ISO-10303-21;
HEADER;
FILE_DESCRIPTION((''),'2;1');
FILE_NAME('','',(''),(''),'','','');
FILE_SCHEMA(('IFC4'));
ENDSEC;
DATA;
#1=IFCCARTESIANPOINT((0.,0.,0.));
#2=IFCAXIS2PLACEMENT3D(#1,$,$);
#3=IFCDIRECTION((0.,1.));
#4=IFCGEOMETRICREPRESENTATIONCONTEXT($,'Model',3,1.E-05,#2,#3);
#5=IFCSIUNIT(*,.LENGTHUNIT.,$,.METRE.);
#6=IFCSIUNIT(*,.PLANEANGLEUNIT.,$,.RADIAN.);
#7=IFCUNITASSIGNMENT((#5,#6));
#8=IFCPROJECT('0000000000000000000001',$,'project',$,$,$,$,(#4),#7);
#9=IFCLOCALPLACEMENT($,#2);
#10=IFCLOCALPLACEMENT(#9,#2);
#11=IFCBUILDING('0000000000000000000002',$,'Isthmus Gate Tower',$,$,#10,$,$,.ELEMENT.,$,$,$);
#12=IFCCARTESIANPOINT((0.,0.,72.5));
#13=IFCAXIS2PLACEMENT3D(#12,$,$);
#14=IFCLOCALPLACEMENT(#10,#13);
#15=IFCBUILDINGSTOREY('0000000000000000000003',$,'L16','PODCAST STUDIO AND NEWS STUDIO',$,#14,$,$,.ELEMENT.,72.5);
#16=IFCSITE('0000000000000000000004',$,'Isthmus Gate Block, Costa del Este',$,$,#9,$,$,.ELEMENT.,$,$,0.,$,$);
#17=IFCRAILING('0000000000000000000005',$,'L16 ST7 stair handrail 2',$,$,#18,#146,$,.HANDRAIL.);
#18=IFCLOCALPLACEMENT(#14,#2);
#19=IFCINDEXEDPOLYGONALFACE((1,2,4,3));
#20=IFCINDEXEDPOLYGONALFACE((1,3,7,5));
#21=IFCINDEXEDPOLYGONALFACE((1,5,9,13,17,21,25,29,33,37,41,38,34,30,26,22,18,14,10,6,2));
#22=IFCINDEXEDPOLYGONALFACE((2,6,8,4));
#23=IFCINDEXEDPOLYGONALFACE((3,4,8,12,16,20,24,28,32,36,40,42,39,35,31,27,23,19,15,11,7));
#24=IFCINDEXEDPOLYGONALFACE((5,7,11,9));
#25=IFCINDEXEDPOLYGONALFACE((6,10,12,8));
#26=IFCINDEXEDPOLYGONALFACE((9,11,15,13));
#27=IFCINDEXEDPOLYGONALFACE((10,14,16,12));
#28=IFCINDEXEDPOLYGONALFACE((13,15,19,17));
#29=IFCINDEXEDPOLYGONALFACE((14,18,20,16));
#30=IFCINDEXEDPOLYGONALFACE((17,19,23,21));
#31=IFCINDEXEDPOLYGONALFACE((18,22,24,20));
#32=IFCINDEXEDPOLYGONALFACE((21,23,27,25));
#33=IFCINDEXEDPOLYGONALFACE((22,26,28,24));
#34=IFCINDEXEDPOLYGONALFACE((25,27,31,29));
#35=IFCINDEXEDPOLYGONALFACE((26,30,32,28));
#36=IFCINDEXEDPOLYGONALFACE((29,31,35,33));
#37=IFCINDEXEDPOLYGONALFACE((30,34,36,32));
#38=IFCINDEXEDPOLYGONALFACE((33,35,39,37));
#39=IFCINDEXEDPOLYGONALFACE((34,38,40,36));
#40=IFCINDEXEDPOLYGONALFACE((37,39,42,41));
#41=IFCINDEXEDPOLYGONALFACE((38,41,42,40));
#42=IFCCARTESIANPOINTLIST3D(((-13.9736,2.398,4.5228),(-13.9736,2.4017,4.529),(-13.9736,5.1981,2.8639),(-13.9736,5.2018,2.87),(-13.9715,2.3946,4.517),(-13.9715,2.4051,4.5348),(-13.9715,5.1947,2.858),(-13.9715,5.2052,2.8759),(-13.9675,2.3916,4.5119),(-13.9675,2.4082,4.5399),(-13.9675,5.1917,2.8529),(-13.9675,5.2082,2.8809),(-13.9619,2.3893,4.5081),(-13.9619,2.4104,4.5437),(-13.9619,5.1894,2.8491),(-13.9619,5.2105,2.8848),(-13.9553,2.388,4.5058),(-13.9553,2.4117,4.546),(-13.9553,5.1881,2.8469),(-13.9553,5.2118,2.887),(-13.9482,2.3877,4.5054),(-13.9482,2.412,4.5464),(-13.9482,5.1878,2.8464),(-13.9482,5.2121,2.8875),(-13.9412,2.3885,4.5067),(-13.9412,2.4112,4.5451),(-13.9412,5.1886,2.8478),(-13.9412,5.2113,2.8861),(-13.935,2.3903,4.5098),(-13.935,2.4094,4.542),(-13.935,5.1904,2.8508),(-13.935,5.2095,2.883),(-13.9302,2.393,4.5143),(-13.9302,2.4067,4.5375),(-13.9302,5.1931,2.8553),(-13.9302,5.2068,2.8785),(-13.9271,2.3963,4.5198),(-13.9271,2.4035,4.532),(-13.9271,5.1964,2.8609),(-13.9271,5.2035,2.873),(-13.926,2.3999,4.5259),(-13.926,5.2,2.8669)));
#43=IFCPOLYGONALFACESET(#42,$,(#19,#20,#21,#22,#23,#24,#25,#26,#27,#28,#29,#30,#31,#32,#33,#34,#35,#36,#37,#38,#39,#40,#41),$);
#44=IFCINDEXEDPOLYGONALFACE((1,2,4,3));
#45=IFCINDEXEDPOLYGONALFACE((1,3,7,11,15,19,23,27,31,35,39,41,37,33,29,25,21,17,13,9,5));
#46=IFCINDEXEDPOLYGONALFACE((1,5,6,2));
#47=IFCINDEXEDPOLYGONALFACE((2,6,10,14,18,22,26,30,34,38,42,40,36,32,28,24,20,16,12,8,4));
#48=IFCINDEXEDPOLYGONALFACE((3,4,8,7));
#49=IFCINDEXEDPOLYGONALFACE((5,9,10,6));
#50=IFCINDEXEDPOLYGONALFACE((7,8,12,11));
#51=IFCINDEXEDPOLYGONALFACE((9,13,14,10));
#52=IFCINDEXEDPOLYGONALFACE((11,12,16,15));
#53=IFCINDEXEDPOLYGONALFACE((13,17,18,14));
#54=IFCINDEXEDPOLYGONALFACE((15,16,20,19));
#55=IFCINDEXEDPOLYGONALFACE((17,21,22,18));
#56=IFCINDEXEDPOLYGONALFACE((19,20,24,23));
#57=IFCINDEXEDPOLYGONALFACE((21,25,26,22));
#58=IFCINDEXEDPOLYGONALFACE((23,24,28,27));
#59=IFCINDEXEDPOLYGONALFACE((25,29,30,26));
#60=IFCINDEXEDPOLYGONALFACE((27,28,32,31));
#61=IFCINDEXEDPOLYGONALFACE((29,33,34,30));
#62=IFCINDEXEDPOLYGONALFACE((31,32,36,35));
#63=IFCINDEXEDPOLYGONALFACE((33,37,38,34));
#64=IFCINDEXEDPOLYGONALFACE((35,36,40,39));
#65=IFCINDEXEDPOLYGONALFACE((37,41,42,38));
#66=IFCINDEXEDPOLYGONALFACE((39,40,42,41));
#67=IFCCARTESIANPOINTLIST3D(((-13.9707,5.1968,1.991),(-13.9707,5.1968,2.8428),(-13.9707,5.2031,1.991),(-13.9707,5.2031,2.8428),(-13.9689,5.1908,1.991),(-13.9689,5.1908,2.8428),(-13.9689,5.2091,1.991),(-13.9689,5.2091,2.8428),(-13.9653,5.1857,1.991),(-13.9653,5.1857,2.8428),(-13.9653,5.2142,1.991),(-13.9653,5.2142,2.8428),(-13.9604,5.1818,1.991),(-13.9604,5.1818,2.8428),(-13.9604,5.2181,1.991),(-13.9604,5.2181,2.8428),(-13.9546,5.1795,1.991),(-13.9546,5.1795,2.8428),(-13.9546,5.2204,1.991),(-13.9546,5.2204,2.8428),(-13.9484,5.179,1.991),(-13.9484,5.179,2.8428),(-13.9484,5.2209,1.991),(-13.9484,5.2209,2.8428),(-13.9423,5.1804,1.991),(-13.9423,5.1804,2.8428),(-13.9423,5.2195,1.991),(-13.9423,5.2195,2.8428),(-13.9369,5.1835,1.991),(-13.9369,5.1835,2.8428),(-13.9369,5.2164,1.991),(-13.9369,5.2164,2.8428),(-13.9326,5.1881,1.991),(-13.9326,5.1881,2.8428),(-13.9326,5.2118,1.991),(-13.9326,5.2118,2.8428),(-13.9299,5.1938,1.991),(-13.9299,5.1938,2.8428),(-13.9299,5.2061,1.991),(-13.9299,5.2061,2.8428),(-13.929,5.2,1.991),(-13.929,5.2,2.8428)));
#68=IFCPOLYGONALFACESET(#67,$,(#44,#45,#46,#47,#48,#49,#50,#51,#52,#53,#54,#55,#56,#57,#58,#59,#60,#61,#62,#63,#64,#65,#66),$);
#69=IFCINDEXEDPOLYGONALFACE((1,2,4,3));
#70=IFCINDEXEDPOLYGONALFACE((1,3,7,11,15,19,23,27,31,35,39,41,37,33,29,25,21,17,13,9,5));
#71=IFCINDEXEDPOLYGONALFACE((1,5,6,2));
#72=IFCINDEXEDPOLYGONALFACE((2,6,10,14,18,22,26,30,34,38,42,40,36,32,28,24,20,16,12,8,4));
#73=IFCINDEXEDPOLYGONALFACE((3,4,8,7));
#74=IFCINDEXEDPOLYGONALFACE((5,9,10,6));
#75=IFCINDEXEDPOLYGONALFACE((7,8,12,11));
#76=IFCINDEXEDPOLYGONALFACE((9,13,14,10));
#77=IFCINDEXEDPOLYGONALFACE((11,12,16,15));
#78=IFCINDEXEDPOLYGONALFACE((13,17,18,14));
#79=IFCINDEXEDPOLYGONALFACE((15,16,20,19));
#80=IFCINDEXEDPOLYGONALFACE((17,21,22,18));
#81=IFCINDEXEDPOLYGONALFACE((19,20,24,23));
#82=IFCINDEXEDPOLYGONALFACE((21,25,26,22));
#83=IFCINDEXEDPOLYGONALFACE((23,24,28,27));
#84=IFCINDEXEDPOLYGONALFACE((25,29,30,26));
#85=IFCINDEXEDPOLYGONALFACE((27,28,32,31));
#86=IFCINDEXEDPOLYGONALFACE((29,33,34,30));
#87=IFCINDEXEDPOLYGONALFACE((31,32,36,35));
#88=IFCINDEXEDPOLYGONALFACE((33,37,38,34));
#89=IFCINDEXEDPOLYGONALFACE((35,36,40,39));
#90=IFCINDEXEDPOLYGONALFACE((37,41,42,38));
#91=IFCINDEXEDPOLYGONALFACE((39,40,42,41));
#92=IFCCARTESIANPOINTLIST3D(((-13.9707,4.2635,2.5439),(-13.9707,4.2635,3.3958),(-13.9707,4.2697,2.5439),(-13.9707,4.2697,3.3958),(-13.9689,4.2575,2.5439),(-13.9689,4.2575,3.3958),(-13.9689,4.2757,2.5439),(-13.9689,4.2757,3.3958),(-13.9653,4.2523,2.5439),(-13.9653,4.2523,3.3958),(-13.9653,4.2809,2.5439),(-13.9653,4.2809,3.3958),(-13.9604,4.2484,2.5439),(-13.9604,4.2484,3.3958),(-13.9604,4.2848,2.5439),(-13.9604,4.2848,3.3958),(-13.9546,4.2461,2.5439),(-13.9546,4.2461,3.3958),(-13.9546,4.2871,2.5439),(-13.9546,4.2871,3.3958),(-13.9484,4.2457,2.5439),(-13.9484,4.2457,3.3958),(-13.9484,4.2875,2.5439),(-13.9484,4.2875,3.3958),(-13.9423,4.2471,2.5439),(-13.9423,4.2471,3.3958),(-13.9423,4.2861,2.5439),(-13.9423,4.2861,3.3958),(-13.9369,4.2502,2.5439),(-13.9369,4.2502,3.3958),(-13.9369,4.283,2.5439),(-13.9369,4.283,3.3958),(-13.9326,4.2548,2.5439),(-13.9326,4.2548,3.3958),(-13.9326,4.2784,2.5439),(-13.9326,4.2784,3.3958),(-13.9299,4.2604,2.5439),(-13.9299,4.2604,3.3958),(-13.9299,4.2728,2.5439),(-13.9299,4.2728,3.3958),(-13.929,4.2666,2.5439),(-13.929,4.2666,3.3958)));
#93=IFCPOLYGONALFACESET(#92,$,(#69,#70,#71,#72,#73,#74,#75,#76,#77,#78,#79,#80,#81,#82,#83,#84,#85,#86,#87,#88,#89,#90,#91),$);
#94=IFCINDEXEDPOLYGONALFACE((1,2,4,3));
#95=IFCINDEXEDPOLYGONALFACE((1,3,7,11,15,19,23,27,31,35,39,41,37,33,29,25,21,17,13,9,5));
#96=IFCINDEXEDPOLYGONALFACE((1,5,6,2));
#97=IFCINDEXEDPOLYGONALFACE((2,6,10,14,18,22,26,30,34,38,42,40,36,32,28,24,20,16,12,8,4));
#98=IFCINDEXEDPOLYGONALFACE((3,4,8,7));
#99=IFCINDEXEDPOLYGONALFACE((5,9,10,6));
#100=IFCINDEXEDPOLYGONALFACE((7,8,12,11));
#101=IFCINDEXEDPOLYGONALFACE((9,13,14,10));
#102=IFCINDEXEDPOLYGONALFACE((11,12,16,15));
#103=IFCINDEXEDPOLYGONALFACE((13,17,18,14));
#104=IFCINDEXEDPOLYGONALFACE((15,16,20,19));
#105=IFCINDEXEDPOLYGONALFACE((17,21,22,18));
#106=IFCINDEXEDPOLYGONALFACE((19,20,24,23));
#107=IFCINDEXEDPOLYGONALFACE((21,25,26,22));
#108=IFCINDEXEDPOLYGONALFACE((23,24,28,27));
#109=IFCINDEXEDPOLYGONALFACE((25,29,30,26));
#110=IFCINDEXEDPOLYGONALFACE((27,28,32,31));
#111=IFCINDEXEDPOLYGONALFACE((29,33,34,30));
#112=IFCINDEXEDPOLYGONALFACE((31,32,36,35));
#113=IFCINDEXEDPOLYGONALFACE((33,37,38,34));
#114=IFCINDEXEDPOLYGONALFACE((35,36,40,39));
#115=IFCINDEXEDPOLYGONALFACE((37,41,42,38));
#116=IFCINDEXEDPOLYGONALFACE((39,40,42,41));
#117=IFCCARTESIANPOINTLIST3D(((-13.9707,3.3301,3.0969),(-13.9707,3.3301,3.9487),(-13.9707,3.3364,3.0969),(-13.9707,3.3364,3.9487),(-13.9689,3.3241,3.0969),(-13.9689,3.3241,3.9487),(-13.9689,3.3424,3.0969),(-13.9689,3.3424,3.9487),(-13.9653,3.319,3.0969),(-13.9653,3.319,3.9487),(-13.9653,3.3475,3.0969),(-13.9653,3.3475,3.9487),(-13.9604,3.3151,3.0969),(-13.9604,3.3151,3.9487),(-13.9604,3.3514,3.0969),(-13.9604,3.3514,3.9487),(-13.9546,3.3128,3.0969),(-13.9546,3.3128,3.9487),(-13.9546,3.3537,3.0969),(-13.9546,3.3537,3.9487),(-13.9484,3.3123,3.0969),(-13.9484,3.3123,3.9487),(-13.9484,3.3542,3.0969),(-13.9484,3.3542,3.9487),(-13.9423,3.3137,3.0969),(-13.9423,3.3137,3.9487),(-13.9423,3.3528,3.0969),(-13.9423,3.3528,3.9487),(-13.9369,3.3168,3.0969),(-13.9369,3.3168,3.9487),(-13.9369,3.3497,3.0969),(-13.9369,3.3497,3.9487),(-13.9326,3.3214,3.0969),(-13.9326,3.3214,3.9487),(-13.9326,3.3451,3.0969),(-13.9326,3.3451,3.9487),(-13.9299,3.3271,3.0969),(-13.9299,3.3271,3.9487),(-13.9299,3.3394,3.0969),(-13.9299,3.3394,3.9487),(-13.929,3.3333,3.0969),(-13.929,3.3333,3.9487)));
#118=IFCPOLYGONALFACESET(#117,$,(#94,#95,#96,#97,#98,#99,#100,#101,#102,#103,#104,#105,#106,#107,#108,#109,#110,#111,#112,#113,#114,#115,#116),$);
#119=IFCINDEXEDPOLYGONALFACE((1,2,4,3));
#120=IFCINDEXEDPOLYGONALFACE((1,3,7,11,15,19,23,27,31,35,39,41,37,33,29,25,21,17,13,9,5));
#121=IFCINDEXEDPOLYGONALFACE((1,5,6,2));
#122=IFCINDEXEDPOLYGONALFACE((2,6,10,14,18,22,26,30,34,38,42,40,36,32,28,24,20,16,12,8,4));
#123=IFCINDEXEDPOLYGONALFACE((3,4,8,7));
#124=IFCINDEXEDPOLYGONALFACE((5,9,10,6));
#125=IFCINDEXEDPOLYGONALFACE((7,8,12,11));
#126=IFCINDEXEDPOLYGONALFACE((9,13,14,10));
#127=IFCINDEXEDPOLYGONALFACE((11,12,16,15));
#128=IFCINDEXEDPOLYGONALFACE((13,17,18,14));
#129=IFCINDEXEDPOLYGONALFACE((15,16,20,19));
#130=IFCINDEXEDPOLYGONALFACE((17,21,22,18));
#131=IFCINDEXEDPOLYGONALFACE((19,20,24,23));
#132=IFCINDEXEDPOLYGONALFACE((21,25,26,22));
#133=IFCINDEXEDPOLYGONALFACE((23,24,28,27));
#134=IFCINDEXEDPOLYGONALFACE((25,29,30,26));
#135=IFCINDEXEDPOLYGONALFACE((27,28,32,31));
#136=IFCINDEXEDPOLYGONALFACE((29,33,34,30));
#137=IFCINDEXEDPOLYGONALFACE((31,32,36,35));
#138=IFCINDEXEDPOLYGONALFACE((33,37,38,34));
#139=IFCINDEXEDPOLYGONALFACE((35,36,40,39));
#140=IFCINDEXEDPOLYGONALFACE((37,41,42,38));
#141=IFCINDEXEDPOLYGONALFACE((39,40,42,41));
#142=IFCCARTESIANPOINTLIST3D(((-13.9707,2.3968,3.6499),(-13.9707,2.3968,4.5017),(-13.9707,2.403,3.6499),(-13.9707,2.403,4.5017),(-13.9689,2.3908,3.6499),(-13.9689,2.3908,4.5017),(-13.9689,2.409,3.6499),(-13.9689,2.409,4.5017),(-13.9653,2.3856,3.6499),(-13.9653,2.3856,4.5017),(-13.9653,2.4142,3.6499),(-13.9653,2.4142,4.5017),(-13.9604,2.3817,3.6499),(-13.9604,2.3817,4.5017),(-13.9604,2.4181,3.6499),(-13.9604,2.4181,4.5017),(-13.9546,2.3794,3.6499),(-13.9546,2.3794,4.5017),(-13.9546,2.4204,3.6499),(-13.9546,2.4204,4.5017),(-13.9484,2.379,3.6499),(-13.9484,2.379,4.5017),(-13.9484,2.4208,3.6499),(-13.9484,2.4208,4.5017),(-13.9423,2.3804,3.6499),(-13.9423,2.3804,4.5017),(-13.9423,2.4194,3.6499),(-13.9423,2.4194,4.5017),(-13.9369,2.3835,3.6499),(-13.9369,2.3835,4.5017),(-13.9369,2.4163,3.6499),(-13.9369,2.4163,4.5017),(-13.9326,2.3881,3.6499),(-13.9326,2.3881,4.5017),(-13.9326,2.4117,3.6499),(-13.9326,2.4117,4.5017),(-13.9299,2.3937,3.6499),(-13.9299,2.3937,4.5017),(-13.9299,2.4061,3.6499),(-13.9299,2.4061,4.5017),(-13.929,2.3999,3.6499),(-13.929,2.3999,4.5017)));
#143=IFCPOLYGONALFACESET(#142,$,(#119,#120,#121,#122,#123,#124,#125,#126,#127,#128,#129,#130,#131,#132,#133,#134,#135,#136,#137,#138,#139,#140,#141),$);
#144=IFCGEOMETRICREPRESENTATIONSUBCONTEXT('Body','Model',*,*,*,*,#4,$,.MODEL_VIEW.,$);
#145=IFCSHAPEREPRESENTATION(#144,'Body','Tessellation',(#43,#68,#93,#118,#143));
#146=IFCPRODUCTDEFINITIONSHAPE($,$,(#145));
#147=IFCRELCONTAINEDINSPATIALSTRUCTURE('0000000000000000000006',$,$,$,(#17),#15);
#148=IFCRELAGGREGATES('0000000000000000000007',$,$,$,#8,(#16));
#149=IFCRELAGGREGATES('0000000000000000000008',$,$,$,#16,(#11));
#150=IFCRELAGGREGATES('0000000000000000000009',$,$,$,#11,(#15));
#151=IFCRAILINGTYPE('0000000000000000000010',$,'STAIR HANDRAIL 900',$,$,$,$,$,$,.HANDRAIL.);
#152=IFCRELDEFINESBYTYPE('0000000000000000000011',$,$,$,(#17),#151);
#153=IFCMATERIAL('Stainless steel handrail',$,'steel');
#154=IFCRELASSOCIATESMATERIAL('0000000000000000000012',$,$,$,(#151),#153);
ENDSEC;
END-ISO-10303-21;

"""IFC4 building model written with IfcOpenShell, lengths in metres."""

from ifc_helpers import new_model, si_unit, direction, frame, origin, origin_2d, place, context, subcontext, project, spatial, circle, extrude, material, type_object, element, save


model = new_model("IFC4")

# Units and contexts
model_context = context("Model", 3, precision=1e-05, world=origin(), true_north=direction((0.0, 1.0)))
body_context = subcontext(model_context, "Body", "Model", "MODEL_VIEW")
ifc_project = project(units=[si_unit("LENGTHUNIT", "METRE"), si_unit("PLANEANGLEUNIT", "RADIAN")], contexts=[model_context])

# Site, building, storey
site_placement = place(None, origin())
site = spatial("IfcSite", under=ifc_project, at=site_placement, Name="Isthmus Gate Block, Costa del Este", CompositionType="ELEMENT", RefElevation=0.0)
building_placement = place(site_placement, origin())
building = spatial("IfcBuilding", under=site, at=building_placement, Name="Isthmus Gate Tower", CompositionType="ELEMENT")
storey_placement = place(building_placement, frame((0.0, 0.0, 72.5)))
storey = spatial("IfcBuildingStorey", under=building, at=storey_placement, Name="L16", Description="PODCAST STUDIO AND NEWS STUDIO", CompositionType="ELEMENT", Elevation=72.5)

# Railing
ifc_material_1 = material(Name="Stainless steel handrail", Category="steel")
railing_type_1 = type_object("IfcRailingType", Name="STAIR HANDRAIL 900", PredefinedType="HANDRAIL", material=ifc_material_1)
railing_1_placement = place(storey_placement, frame((-13.95, 5.2, 1.991)))
element("IfcRailing", 1, at=railing_1_placement, inside=storey, type_object=railing_type_1, Name="L16 ST7 stair handrail 2", PredefinedType="HANDRAIL", context=body_context, shape_type="SweptSolid", body=[
    extrude(circle(Radius=0.0239, at=origin_2d()), frame((0.0, 0.0, 0.876), z_axis=(0.0, -0.860339, 0.509722), x_axis=(1.0, 0.0, 0.0)), (0.0, 0.0, 1.0), 3.2546),
    extrude(circle(Radius=0.021, at=origin_2d()), origin(), (0.0, 0.0, 1.0), 0.8518),
    extrude(circle(Radius=0.021, at=origin_2d()), frame((0.0, -0.9333, 0.553)), (0.0, 0.0, 1.0), 0.8518),
    extrude(circle(Radius=0.021, at=origin_2d()), frame((0.0, -1.8667, 1.106)), (0.0, 0.0, 1.0), 0.8518),
    extrude(circle(Radius=0.021, at=origin_2d()), frame((0.0, -2.8, 1.6589)), (0.0, 0.0, 1.0), 0.8518),
])

save(model, "model.ifc")
